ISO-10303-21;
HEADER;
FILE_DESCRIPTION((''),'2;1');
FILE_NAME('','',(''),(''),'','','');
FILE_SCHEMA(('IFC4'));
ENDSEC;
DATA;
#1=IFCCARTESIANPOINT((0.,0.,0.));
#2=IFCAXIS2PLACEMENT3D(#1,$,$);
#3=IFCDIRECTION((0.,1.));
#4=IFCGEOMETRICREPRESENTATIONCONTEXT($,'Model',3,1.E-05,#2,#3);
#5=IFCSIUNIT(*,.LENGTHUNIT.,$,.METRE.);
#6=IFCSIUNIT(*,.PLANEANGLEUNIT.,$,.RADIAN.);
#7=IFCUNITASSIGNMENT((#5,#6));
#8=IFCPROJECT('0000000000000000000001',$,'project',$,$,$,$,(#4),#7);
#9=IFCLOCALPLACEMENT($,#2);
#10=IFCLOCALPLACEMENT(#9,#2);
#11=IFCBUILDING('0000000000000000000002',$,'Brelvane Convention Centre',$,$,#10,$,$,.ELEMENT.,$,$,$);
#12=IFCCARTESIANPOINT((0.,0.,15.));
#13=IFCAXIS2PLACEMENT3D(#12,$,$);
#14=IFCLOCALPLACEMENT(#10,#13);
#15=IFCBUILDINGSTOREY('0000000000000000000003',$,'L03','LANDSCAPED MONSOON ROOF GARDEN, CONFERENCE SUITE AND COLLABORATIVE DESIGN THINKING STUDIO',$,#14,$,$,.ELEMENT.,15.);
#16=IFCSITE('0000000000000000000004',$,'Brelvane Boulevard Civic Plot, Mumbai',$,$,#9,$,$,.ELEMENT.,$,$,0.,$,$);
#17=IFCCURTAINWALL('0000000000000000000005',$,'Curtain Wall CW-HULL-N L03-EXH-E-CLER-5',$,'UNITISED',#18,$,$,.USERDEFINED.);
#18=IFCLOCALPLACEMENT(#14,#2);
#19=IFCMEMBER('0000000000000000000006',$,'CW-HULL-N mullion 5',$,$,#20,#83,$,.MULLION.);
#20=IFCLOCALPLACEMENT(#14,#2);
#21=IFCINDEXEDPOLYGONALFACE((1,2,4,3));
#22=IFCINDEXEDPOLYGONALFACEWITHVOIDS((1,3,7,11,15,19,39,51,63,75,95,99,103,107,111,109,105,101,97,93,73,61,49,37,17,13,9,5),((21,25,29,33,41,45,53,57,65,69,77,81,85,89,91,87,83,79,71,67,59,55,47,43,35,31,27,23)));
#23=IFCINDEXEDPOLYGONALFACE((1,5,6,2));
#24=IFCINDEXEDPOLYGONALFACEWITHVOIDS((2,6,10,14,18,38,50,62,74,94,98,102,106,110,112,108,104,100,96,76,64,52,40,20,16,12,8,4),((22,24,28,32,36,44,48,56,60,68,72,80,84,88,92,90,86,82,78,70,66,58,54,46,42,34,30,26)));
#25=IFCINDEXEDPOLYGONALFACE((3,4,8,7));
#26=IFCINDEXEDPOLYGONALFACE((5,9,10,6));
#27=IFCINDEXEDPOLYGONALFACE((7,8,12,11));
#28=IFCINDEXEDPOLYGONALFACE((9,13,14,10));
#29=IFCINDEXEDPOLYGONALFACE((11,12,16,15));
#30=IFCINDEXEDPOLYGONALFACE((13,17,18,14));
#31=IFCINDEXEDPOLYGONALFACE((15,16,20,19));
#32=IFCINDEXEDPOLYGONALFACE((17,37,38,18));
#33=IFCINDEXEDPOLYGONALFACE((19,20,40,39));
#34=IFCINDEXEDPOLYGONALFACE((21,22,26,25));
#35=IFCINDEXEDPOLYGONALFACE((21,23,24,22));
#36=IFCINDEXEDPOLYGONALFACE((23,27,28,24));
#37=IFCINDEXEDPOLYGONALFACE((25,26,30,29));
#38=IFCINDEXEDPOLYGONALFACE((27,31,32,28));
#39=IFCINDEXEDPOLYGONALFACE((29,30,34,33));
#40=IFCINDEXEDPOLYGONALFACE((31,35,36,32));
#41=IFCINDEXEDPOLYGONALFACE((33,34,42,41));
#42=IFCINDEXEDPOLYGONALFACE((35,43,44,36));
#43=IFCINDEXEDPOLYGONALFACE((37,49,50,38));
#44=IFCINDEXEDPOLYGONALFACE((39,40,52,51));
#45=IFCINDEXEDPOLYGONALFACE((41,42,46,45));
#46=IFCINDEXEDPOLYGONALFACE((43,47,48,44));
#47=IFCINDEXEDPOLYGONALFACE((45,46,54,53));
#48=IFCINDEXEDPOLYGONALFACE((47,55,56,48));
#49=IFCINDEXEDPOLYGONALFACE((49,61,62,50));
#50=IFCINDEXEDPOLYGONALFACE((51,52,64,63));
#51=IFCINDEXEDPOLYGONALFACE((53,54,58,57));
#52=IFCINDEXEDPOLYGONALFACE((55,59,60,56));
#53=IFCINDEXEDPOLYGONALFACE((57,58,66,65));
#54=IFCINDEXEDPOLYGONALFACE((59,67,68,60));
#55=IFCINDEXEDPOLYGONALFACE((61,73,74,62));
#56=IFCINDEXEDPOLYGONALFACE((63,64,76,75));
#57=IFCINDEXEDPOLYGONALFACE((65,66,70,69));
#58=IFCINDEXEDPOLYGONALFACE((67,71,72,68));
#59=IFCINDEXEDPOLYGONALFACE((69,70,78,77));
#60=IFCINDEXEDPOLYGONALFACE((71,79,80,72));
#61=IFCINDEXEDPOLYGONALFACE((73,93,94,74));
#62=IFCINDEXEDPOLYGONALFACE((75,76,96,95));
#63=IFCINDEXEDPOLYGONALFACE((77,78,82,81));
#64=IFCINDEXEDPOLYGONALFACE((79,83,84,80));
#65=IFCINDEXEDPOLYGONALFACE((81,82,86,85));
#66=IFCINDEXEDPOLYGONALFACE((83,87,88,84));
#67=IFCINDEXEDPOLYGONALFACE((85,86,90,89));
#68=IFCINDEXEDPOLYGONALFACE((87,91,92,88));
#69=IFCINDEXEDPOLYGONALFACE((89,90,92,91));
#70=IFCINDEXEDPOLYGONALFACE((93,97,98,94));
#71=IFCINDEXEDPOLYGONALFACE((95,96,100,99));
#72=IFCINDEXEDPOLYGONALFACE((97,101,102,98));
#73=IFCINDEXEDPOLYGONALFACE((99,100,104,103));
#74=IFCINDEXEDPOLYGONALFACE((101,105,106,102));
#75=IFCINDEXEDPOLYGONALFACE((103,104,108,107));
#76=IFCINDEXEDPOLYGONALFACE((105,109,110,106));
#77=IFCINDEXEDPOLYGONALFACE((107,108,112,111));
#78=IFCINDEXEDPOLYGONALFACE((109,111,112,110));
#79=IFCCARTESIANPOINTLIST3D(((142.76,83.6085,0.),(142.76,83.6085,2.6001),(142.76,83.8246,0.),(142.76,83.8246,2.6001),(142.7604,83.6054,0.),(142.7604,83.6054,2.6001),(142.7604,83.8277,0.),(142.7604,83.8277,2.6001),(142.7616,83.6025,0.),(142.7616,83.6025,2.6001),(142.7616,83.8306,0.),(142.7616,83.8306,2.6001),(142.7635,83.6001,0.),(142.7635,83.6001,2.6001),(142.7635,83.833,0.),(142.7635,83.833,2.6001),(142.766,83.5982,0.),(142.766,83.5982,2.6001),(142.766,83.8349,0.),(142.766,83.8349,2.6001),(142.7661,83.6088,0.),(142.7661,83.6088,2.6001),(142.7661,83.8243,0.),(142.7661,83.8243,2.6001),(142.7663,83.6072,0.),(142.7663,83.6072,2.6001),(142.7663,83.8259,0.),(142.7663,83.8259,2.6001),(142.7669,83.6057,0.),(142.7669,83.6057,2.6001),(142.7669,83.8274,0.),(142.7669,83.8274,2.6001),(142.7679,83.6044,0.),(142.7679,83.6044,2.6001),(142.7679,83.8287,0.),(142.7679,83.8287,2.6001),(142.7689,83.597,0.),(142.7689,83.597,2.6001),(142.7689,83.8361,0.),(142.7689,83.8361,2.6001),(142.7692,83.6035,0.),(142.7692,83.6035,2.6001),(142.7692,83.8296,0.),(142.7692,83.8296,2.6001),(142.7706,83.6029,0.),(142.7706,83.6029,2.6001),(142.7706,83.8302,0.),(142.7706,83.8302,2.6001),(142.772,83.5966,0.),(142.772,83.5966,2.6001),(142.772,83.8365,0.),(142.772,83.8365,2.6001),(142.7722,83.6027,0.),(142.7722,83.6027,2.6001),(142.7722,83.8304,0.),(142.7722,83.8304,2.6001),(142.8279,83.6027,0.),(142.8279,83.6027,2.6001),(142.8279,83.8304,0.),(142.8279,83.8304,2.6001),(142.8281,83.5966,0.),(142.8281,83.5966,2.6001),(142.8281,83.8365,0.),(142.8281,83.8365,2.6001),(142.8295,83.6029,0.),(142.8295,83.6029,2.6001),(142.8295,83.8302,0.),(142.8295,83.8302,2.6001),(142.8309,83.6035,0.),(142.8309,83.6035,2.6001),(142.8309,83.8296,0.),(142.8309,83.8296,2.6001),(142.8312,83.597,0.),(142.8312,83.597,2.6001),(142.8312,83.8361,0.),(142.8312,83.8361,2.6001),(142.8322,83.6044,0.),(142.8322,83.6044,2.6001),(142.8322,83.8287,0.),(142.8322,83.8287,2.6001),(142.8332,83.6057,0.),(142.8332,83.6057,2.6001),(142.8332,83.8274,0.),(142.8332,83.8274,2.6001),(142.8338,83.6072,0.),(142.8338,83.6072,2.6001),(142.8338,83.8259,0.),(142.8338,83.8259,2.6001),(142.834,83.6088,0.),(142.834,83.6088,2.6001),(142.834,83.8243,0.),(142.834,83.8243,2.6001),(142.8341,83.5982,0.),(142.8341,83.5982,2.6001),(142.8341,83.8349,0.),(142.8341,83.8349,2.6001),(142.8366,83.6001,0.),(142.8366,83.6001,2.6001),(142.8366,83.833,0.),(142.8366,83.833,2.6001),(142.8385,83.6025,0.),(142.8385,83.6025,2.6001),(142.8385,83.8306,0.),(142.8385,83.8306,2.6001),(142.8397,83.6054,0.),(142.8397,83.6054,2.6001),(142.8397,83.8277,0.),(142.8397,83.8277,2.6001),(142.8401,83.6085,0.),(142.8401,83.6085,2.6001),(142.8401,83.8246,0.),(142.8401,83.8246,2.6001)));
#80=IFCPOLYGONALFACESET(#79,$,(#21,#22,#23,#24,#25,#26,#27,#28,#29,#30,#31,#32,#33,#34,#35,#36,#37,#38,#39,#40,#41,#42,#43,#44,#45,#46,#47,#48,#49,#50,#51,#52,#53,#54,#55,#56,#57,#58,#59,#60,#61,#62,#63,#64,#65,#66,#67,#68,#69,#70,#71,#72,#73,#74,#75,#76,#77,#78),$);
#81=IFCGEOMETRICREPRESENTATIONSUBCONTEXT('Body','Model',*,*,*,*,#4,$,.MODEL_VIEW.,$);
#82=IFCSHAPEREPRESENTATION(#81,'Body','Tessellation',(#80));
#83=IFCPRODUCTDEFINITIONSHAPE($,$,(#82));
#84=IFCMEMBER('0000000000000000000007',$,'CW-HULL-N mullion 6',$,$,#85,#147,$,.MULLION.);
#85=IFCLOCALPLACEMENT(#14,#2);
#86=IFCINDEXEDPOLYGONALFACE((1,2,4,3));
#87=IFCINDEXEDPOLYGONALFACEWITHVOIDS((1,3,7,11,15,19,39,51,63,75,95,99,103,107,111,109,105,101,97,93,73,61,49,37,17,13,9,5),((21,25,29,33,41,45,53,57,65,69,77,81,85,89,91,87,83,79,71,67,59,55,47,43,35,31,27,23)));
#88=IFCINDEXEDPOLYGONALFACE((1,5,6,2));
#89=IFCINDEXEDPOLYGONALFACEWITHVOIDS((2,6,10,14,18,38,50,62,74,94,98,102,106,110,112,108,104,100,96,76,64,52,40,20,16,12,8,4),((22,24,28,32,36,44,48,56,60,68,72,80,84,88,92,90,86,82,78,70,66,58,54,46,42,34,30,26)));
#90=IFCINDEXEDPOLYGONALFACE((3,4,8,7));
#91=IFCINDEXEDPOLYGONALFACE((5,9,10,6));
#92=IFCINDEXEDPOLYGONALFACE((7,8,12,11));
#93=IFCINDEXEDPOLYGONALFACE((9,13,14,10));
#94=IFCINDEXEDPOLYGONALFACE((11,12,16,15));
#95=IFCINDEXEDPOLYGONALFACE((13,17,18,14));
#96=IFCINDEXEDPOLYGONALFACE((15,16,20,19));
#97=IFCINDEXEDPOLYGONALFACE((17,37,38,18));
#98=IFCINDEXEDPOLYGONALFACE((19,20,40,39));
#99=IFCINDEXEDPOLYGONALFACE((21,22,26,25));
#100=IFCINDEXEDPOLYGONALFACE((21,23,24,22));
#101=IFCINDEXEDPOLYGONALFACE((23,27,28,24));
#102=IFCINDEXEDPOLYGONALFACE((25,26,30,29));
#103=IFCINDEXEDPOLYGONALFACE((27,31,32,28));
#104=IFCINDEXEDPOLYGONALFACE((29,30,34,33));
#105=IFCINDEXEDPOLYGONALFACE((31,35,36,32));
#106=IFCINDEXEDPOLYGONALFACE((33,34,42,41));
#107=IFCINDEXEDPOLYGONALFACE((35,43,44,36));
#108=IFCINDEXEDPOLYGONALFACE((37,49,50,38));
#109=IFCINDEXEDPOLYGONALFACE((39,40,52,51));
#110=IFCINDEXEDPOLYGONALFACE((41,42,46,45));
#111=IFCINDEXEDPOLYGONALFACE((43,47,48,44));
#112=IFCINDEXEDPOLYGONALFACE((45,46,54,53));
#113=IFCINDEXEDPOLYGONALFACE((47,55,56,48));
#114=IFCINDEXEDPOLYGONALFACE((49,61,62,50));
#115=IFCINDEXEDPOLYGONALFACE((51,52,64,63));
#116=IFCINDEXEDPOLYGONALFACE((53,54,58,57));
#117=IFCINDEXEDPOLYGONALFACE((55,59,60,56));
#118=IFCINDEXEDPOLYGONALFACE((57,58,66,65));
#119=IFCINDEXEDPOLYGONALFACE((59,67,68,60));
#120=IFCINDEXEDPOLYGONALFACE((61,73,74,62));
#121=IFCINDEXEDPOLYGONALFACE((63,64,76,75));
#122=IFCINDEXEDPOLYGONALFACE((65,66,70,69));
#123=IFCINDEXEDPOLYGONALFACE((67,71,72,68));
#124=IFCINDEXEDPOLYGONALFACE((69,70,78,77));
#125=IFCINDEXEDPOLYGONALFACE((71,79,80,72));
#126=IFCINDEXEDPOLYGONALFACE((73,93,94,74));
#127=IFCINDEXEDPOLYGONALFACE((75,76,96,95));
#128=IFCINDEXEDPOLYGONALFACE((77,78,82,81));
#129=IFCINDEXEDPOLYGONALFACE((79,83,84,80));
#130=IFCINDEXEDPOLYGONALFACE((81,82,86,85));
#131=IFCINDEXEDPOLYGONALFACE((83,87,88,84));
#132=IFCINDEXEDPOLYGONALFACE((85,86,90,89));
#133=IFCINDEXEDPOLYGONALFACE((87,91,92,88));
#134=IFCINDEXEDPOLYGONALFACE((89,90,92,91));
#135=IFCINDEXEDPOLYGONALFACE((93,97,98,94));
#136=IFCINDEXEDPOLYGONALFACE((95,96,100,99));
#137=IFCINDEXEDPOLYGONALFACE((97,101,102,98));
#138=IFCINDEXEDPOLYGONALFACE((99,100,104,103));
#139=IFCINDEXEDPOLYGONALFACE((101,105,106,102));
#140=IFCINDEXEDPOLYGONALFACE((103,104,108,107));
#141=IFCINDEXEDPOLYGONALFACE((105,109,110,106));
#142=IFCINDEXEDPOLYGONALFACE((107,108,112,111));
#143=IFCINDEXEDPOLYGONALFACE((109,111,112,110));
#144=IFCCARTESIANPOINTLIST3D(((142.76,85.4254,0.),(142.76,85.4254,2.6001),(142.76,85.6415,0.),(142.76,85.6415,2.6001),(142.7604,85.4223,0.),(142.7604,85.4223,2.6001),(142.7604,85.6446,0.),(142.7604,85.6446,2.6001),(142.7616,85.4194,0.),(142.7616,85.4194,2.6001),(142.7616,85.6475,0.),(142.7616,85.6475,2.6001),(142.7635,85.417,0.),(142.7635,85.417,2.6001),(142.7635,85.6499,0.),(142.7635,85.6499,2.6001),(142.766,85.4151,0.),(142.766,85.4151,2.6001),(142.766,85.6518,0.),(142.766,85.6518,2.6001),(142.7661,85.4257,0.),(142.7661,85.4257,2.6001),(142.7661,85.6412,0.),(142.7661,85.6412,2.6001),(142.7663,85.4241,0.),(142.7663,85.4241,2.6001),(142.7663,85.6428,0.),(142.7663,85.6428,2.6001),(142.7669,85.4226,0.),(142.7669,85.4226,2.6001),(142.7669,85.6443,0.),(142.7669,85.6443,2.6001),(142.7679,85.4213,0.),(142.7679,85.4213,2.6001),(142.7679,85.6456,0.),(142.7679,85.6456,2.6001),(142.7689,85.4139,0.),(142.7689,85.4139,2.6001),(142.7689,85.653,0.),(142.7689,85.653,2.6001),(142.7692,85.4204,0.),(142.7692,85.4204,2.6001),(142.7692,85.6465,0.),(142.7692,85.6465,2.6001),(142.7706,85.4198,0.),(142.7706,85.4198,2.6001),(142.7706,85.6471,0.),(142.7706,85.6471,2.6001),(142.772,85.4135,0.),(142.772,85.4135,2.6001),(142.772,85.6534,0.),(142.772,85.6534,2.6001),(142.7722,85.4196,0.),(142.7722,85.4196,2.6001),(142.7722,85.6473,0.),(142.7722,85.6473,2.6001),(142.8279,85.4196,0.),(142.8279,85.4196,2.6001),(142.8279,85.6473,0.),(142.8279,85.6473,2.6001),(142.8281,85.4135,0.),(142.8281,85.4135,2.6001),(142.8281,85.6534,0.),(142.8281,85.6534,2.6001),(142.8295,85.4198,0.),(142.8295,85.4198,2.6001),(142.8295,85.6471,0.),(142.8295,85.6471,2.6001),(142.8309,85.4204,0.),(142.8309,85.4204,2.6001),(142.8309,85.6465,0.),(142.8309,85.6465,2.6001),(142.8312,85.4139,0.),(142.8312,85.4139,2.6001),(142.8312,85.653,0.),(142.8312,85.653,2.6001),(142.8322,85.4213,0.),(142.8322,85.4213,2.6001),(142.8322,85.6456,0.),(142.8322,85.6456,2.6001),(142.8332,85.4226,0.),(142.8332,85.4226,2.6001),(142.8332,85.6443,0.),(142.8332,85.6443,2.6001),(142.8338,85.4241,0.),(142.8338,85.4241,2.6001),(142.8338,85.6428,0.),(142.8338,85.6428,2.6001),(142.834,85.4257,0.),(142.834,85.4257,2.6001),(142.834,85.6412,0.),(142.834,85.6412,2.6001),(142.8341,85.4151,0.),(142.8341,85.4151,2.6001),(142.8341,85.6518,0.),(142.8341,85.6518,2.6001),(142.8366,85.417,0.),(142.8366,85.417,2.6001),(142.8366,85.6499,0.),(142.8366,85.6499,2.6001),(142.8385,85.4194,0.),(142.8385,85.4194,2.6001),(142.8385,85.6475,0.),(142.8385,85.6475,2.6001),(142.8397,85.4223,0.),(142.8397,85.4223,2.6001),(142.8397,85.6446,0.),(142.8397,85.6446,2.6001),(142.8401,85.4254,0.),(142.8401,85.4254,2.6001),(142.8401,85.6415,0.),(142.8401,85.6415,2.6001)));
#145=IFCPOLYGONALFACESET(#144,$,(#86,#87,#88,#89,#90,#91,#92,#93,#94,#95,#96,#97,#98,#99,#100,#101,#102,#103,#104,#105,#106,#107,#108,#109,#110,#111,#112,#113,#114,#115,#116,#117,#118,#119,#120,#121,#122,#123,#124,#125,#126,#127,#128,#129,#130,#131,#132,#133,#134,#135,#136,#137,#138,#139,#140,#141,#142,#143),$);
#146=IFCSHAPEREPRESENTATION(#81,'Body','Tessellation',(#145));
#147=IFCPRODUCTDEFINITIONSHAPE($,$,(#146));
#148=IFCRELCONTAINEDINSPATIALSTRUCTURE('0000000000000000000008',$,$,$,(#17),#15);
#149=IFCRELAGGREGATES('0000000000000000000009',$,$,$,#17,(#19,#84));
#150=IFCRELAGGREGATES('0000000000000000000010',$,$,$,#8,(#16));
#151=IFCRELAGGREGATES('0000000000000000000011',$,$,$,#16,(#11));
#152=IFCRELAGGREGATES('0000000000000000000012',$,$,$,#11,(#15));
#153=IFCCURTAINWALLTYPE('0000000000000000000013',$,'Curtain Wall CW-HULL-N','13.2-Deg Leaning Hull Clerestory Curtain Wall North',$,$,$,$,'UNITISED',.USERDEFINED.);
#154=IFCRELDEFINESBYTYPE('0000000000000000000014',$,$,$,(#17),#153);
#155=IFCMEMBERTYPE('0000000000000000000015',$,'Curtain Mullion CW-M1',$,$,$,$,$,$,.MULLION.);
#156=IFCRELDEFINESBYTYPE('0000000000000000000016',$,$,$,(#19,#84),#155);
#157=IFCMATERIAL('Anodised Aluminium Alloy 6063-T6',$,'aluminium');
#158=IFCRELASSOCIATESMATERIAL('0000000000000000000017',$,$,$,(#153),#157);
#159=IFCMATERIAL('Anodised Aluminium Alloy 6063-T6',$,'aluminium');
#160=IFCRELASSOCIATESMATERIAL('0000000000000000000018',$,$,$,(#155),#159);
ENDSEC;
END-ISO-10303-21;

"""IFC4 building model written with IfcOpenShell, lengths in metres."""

from ifc_helpers import new_model, si_unit, direction, frame, origin, origin_2d, place, context, subcontext, project, spatial, hollow_rectangle, extrude, material, material_profile, profile_set, type_object, element, aggregate, save


model = new_model("IFC4")

# Units and contexts
model_context = context("Model", 3, precision=1e-05, world=origin(), true_north=direction((0.0, 1.0)))
body_context = subcontext(model_context, "Body", "Model", "MODEL_VIEW")
ifc_project = project(units=[si_unit("LENGTHUNIT", "METRE"), si_unit("PLANEANGLEUNIT", "RADIAN")], contexts=[model_context])

# Site, building, storey
site_placement = place(None, origin())
site = spatial("IfcSite", under=ifc_project, at=site_placement, Name="Brelvane Boulevard Civic Plot, Mumbai", CompositionType="ELEMENT", RefElevation=0.0)
building_placement = place(site_placement, origin())
building = spatial("IfcBuilding", under=site, at=building_placement, Name="Brelvane Convention Centre", CompositionType="ELEMENT")
storey_placement = place(building_placement, frame((0.0, 0.0, 15.0)))
storey = spatial("IfcBuildingStorey", under=building, at=storey_placement, Name="L03", Description="LANDSCAPED MONSOON ROOF GARDEN, CONFERENCE SUITE AND COLLABORATIVE DESIGN THINKING STUDIO", CompositionType="ELEMENT", Elevation=15.0)

# Curtain wall, members
ifc_material_1 = material(Name="Anodised Aluminium Alloy 6063-T6", Category="aluminium")
curtain_wall_type = type_object("IfcCurtainWallType", Name="Curtain Wall CW-HULL-N", Description="13.2-Deg Leaning Hull Clerestory Curtain Wall North", ElementType="UNITISED", PredefinedType="USERDEFINED", material=ifc_material_1)
curtain_wall_1_placement = place(storey_placement, origin())
curtain_wall_1 = element("IfcCurtainWall", 1, at=curtain_wall_1_placement, inside=storey, type_object=curtain_wall_type, Name="Curtain Wall CW-HULL-N L03-EXH-E-CLER-5", ObjectType="UNITISED", PredefinedType="USERDEFINED")
ifc_material_2 = material(Name="Anodised Aluminium Alloy 6063-T6", Category="aluminium")
ifc_material_profile_1 = material_profile(ifc_material_2, hollow_rectangle(XDim=0.0801, YDim=0.24, WallThickness=0.0061, InnerFilletRadius=0.0061, OuterFilletRadius=0.012, at=origin_2d()), Name="ALU-M 240x80x6.0")
ifc_profile_set_1 = profile_set([ifc_material_profile_1], Name="Anodised Aluminium Alloy 6063-T6")
member_type_1 = type_object("IfcMemberType", Name="Curtain Mullion CW-M1", PredefinedType="MULLION", material=ifc_profile_set_1)
member_1_placement = place(storey_placement, frame((142.8, 83.7166, 0.0), z_axis=(0.0, 0.0, 1.0), x_axis=(-1.0, 0.0, 0.0)))
member_1 = element("IfcMember", 2, at=member_1_placement, type_object=member_type_1, Name="CW-HULL-N mullion 5", PredefinedType="MULLION", context=body_context, shape_type="SweptSolid", body=[
    extrude(hollow_rectangle(XDim=0.0801, YDim=0.24, WallThickness=0.0061, InnerFilletRadius=0.0061, OuterFilletRadius=0.012, at=origin_2d()), origin(), (0.0, 0.0, 1.0), 2.6001),
])
member_2_placement = place(storey_placement, frame((142.8, 85.5334, 0.0), z_axis=(0.0, 0.0, 1.0), x_axis=(-1.0, 0.0, 0.0)))
member_2 = element("IfcMember", 3, at=member_2_placement, type_object=member_type_1, Name="CW-HULL-N mullion 6", PredefinedType="MULLION", context=body_context, shape_type="SweptSolid", body=[
    extrude(hollow_rectangle(XDim=0.0801, YDim=0.24, WallThickness=0.0061, InnerFilletRadius=0.0061, OuterFilletRadius=0.012, at=origin_2d()), origin(), (0.0, 0.0, 1.0), 2.6001),
])

aggregate(curtain_wall_1, [member_1, member_2])

save(model, "model.ifc")
